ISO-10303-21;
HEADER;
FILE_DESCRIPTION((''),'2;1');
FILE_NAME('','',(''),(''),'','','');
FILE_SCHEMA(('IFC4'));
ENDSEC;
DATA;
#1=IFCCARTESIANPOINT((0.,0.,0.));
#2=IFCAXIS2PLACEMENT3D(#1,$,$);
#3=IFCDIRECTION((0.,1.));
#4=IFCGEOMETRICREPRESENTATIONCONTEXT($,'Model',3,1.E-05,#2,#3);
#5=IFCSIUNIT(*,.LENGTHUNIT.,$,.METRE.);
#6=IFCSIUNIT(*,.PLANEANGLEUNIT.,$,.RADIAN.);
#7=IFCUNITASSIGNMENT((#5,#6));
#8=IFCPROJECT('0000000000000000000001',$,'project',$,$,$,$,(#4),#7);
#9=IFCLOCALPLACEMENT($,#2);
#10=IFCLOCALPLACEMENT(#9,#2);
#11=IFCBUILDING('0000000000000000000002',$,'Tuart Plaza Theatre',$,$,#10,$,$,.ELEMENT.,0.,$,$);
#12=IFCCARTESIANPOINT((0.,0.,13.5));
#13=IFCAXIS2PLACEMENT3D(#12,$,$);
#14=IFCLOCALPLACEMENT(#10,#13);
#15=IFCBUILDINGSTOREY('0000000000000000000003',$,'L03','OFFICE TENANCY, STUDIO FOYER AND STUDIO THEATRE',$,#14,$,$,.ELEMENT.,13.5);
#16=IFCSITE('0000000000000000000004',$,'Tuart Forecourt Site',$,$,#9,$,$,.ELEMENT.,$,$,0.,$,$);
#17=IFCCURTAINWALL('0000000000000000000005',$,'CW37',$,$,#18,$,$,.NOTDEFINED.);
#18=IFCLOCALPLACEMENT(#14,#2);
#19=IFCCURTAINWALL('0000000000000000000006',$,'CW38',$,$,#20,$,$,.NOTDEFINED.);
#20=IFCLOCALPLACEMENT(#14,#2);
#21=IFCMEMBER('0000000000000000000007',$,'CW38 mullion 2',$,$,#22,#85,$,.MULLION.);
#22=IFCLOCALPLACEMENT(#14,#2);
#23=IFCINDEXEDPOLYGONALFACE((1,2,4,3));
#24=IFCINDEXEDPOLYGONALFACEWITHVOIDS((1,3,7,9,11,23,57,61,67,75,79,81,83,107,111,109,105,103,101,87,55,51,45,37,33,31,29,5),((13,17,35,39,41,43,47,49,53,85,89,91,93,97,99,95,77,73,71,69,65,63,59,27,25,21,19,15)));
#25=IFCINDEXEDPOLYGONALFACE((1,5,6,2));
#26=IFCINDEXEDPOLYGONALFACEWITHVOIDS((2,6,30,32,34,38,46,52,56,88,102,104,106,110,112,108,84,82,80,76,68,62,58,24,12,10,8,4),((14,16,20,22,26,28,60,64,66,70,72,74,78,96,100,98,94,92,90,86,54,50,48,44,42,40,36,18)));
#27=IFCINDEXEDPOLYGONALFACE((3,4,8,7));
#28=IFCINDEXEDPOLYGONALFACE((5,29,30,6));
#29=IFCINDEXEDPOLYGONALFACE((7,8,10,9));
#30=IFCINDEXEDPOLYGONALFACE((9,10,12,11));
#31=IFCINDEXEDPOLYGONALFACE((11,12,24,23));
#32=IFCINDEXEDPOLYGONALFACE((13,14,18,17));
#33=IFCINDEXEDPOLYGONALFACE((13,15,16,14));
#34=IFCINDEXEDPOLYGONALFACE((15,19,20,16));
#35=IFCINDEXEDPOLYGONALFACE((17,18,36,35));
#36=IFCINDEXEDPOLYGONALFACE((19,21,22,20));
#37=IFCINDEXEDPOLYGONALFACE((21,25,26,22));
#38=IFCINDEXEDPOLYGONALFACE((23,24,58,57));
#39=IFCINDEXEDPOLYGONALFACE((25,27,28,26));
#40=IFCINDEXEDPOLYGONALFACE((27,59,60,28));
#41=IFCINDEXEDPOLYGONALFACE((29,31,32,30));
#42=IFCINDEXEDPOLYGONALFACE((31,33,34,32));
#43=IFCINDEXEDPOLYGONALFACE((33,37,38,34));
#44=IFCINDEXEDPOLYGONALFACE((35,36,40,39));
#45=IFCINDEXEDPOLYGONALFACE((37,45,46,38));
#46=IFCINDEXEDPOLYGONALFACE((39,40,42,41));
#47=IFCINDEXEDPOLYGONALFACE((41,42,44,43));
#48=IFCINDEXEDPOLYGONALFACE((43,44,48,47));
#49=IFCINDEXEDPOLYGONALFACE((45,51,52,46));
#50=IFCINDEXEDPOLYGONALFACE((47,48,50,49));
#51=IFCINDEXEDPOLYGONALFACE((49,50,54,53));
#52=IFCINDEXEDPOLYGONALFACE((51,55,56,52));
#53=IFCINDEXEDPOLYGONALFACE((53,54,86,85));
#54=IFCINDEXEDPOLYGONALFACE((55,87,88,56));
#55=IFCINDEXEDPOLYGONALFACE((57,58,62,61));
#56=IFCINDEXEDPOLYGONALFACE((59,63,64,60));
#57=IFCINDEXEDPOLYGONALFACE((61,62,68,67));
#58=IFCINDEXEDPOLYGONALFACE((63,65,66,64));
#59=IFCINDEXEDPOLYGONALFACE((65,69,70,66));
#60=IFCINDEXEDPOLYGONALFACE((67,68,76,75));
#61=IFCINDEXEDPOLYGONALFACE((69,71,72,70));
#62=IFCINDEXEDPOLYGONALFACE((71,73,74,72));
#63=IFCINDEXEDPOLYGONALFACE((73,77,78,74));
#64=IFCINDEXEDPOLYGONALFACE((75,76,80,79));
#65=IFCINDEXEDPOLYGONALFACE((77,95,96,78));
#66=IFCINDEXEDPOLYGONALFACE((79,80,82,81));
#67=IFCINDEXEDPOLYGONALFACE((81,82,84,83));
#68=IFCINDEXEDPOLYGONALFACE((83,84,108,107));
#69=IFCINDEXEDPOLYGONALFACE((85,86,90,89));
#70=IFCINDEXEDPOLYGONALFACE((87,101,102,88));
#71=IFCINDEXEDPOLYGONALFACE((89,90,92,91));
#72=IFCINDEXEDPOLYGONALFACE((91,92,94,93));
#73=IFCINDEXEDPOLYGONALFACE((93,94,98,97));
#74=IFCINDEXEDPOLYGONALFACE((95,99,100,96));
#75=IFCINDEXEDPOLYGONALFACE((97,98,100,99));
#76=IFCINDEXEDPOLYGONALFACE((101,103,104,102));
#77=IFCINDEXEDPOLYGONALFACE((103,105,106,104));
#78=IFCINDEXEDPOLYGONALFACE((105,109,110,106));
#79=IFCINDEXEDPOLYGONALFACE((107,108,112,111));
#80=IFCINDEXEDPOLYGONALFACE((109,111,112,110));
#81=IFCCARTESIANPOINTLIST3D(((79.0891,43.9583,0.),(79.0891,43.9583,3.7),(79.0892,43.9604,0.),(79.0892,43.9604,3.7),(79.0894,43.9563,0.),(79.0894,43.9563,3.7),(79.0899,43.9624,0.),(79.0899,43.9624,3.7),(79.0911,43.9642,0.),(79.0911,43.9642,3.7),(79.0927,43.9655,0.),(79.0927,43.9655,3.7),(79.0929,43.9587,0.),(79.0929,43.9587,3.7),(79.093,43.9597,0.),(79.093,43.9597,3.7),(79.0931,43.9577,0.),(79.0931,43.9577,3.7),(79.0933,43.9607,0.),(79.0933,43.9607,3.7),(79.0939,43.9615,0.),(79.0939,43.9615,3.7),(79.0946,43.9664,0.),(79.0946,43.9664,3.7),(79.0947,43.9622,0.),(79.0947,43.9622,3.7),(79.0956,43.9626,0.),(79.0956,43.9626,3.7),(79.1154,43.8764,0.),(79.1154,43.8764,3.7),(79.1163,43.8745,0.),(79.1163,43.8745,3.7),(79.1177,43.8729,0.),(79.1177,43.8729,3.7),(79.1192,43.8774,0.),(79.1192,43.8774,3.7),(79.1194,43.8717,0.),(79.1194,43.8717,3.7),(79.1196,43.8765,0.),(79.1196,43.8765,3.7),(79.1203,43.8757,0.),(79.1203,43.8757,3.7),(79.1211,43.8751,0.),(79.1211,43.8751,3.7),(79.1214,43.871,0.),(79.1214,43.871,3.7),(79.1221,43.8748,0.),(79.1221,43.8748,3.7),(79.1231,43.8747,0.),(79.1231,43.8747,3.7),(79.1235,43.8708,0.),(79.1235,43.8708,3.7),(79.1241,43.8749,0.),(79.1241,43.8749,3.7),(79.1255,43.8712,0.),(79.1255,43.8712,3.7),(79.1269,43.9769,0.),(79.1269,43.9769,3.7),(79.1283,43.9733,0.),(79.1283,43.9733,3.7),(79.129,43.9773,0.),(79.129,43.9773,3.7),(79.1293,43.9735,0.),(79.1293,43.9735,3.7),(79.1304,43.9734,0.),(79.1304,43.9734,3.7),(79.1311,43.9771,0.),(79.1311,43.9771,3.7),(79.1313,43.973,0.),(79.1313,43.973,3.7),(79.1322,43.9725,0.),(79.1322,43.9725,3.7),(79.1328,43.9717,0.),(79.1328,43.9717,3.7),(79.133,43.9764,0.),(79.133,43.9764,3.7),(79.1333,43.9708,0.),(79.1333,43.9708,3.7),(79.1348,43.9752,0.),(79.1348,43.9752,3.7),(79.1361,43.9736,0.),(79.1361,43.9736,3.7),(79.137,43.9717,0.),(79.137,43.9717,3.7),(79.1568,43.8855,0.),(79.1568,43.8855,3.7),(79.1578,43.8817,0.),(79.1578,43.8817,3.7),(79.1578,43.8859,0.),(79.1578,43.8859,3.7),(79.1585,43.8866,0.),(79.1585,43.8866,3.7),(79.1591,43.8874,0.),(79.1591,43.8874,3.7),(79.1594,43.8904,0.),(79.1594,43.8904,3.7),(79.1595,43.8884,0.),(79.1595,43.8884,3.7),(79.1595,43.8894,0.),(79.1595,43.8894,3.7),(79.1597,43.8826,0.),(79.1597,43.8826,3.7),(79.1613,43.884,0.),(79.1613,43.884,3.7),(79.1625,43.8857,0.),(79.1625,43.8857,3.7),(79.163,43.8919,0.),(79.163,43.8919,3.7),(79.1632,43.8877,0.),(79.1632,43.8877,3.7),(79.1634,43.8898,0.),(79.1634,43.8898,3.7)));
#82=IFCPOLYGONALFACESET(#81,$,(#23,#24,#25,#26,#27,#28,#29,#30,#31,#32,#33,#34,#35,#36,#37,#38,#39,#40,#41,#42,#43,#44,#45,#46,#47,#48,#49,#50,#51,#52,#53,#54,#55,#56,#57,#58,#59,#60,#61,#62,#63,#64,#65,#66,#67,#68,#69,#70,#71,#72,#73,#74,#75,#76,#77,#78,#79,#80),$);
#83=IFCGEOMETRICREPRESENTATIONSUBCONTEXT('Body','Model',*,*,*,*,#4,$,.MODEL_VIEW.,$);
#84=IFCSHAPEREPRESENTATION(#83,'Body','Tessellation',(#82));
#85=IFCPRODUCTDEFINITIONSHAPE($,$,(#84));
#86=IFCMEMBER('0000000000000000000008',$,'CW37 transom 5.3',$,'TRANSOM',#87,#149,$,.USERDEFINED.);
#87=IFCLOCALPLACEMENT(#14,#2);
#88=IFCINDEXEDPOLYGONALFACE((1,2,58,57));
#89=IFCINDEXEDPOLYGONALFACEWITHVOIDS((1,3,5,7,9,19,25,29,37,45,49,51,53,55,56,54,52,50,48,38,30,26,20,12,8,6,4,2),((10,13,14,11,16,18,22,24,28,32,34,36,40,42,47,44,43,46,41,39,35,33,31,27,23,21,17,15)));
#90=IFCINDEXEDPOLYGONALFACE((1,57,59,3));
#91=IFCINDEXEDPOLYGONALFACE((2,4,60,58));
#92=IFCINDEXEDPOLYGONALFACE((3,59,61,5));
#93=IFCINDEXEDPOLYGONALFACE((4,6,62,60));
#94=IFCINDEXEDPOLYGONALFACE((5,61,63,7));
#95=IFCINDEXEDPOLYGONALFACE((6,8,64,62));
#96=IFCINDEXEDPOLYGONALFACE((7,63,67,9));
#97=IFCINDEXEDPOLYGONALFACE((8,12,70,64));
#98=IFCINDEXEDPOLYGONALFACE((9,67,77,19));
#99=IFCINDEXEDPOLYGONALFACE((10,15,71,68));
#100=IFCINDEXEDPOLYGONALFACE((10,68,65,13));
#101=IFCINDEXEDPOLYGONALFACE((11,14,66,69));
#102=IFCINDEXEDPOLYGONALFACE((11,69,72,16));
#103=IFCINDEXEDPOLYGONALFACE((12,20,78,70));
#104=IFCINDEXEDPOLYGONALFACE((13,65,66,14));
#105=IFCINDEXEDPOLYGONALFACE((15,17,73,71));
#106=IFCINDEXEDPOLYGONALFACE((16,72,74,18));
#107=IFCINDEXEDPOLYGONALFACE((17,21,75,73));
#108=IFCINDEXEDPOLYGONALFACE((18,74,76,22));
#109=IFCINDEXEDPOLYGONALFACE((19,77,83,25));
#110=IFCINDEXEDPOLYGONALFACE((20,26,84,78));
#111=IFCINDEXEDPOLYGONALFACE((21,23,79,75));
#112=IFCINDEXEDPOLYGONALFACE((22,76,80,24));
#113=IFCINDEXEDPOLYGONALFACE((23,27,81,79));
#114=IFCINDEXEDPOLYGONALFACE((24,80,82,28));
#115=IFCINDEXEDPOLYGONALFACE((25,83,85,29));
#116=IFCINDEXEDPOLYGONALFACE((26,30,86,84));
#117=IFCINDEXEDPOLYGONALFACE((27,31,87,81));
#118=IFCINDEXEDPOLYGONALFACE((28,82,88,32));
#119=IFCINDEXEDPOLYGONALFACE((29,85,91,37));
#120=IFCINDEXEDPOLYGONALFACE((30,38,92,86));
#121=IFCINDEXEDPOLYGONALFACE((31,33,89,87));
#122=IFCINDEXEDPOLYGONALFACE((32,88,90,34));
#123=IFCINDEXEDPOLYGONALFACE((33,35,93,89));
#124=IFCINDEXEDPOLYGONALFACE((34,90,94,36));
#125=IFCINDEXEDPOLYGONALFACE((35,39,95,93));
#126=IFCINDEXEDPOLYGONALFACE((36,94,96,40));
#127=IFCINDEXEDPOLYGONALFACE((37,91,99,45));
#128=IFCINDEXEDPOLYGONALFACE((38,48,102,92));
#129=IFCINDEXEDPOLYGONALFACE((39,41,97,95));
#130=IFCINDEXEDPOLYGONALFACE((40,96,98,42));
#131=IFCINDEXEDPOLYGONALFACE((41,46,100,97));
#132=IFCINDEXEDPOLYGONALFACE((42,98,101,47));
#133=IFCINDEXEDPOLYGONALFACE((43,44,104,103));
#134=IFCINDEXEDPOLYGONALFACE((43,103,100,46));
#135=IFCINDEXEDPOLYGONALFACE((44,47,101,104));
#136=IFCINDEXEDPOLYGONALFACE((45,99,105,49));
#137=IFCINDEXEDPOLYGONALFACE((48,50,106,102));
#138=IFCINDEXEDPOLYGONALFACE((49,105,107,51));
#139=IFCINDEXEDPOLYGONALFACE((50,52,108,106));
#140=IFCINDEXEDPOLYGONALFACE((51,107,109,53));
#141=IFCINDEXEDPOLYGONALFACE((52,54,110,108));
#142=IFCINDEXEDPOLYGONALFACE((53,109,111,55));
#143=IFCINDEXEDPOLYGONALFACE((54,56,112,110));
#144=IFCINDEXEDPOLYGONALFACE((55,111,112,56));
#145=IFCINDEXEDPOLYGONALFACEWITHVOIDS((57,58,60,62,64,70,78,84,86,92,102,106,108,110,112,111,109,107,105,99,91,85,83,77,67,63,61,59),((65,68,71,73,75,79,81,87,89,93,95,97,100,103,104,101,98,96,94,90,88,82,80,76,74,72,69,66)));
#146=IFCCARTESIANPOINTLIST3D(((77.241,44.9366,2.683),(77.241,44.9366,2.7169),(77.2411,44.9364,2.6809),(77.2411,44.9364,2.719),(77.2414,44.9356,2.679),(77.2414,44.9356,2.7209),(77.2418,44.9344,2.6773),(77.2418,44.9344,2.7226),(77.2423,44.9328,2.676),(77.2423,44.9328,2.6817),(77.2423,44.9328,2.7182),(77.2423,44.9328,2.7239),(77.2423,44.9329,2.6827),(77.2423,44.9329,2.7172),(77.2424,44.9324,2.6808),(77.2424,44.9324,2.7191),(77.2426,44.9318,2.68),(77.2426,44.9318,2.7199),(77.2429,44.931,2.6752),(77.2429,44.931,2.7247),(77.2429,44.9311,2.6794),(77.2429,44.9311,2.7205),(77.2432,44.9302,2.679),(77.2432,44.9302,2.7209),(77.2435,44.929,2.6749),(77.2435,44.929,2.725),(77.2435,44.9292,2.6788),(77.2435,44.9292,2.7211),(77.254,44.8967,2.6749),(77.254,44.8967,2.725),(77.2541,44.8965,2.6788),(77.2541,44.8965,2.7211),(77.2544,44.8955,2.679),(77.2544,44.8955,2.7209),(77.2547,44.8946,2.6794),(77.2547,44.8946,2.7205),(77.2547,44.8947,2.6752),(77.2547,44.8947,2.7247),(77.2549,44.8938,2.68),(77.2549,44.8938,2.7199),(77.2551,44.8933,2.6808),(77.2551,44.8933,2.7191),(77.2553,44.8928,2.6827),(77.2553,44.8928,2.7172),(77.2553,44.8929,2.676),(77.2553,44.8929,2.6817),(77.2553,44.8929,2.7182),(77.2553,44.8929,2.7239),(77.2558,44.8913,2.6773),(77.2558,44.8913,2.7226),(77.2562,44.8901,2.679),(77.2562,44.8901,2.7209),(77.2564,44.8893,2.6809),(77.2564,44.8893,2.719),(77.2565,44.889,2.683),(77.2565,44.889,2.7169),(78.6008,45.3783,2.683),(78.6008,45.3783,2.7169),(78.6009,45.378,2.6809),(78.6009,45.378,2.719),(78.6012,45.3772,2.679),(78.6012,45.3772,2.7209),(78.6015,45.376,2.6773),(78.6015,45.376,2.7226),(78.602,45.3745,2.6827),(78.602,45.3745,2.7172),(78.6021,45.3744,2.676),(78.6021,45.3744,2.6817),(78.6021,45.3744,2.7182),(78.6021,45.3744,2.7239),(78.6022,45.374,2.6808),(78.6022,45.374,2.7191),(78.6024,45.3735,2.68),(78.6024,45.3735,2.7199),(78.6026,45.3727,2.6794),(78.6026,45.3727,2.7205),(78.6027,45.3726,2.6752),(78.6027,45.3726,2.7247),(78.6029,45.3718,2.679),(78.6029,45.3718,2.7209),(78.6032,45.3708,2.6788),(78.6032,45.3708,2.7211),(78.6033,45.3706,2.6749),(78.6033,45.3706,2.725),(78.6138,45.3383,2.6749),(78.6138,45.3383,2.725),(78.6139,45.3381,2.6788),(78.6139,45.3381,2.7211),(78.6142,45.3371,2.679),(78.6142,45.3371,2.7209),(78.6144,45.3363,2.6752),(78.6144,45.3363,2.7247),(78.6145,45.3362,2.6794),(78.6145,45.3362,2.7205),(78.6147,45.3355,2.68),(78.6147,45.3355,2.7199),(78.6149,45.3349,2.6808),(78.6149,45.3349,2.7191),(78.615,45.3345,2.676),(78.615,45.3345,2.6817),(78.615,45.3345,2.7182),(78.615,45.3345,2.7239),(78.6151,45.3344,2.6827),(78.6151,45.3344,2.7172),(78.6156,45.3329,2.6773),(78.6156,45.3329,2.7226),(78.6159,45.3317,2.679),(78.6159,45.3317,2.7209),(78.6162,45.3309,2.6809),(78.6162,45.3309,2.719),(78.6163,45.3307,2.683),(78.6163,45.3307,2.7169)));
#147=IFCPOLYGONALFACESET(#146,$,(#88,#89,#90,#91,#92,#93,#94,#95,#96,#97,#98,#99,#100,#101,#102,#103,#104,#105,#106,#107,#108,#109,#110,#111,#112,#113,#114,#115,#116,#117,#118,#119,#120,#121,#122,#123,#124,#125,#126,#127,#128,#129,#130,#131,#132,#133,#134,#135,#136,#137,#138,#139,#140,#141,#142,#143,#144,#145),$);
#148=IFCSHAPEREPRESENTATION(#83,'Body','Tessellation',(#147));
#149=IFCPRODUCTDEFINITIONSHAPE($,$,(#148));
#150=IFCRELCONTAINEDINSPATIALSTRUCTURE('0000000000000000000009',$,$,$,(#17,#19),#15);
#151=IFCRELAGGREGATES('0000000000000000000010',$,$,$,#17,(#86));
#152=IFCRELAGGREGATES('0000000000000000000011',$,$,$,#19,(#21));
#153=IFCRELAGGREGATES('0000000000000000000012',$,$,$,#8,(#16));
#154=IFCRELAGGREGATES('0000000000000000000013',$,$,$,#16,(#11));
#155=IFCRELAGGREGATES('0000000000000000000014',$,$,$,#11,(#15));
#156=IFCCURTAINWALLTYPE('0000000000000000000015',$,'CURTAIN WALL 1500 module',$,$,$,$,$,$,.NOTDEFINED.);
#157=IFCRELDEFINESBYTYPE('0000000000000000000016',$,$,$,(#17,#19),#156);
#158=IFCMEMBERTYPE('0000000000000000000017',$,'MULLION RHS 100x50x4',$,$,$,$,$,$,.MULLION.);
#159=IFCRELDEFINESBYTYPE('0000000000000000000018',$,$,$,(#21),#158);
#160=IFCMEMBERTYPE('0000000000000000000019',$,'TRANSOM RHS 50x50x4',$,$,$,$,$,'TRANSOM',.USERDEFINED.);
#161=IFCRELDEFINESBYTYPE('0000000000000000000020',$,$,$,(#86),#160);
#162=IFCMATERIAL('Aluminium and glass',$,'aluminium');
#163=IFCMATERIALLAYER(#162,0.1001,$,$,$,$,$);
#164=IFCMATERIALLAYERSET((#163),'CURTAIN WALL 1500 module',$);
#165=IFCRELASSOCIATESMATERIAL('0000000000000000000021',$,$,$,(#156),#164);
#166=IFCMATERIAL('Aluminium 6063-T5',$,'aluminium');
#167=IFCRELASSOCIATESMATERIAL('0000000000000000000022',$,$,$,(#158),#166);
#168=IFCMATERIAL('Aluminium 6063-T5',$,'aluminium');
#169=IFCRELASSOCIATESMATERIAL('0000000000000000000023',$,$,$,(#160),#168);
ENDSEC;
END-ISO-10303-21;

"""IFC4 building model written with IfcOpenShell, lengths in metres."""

from ifc_helpers import new_model, si_unit, direction, frame, origin, origin_2d, place, context, subcontext, project, spatial, hollow_rectangle, extrude, material, layer, layer_set, material_profile, profile_set, type_object, element, aggregate, save


model = new_model("IFC4")

# Units and contexts
model_context = context("Model", 3, precision=1e-05, world=origin(), true_north=direction((0.0, 1.0)))
body_context = subcontext(model_context, "Body", "Model", "MODEL_VIEW")
ifc_project = project(units=[si_unit("LENGTHUNIT", "METRE"), si_unit("PLANEANGLEUNIT", "RADIAN")], contexts=[model_context])

# Site, building, storey
site_placement = place(None, origin())
site = spatial("IfcSite", under=ifc_project, at=site_placement, Name="Tuart Forecourt Site", CompositionType="ELEMENT", RefElevation=0.0)
building_placement = place(site_placement, origin())
building = spatial("IfcBuilding", under=site, at=building_placement, Name="Tuart Plaza Theatre", CompositionType="ELEMENT", ElevationOfRefHeight=0.0)
storey_placement = place(building_placement, frame((0.0, 0.0, 13.5)))
storey = spatial("IfcBuildingStorey", under=building, at=storey_placement, Name="L03", Description="OFFICE TENANCY, STUDIO FOYER AND STUDIO THEATRE", CompositionType="ELEMENT", Elevation=13.5)

# Curtain wall
ifc_material_1 = material(Name="Aluminium and glass", Category="aluminium")
ifc_layer_1 = layer(ifc_material_1, 0.1001)
ifc_layer_set_1 = layer_set([ifc_layer_1], Name="CURTAIN WALL 1500 module")
curtain_wall_type = type_object("IfcCurtainWallType", Name="CURTAIN WALL 1500 module", PredefinedType="NOTDEFINED", material=ifc_layer_set_1)
curtain_wall_1_placement = place(storey_placement, origin())
curtain_wall_1 = element("IfcCurtainWall", 1, at=curtain_wall_1_placement, inside=storey, type_object=curtain_wall_type, Name="CW37", PredefinedType="NOTDEFINED")
ifc_material_2 = material(Name="Aluminium 6063-T5", Category="aluminium")
ifc_material_profile_1 = material_profile(ifc_material_2, hollow_rectangle(XDim=0.05, YDim=0.1001, WallThickness=0.0039, InnerFilletRadius=0.0039, OuterFilletRadius=0.0081, at=origin_2d()), Name="RHS 100x50x4")
ifc_profile_set_1 = profile_set([ifc_material_profile_1], Name="Aluminium 6063-T5")
member_type_1 = type_object("IfcMemberType", Name="MULLION RHS 100x50x4", PredefinedType="MULLION", material=ifc_profile_set_1)

# Curtain wall, member
curtain_wall_2_placement = place(storey_placement, origin())
curtain_wall_2 = element("IfcCurtainWall", 2, at=curtain_wall_2_placement, inside=storey, type_object=curtain_wall_type, Name="CW38", PredefinedType="NOTDEFINED")
member_1_placement = place(storey_placement, frame((79.1262, 43.9241, 0.0), z_axis=(0.0, 0.0, 1.0), x_axis=(0.951056, 0.309018, 0.0)))
member_1 = element("IfcMember", 3, at=member_1_placement, type_object=member_type_1, Name="CW38 mullion 2", PredefinedType="MULLION", context=body_context, shape_type="SweptSolid", body=[
    extrude(hollow_rectangle(XDim=0.05, YDim=0.1001, WallThickness=0.0039, InnerFilletRadius=0.0039, OuterFilletRadius=0.0081, at=origin_2d()), origin(), (0.0, 0.0, 1.0), 3.7),
])

# Member
ifc_material_3 = material(Name="Aluminium 6063-T5", Category="aluminium")
ifc_material_profile_2 = material_profile(ifc_material_3, hollow_rectangle(XDim=0.05, YDim=0.05, WallThickness=0.0039, InnerFilletRadius=0.0039, OuterFilletRadius=0.0081, at=origin_2d()), Name="RHS 50x50x4")
ifc_profile_set_2 = profile_set([ifc_material_profile_2], Name="Aluminium 6063-T5")
member_type_2 = type_object("IfcMemberType", Name="TRANSOM RHS 50x50x4", ElementType="TRANSOM", PredefinedType="USERDEFINED", material=ifc_profile_set_2)
member_2_placement = place(storey_placement, frame((77.2488, 44.9128, 2.7), z_axis=(0.951097, 0.308893, 0.0), x_axis=(-0.308893, 0.951097, 0.0)))
member_2 = element("IfcMember", 4, at=member_2_placement, type_object=member_type_2, Name="CW37 transom 5.3", ObjectType="TRANSOM", PredefinedType="USERDEFINED", context=body_context, shape_type="SweptSolid", body=[
    extrude(hollow_rectangle(XDim=0.05, YDim=0.05, WallThickness=0.0039, InnerFilletRadius=0.0039, OuterFilletRadius=0.0081, at=origin_2d()), origin(), (0.0, 0.0, 1.0), 1.4297),
])

aggregate(curtain_wall_1, [member_2])
aggregate(curtain_wall_2, [member_1])

save(model, "model.ifc")
